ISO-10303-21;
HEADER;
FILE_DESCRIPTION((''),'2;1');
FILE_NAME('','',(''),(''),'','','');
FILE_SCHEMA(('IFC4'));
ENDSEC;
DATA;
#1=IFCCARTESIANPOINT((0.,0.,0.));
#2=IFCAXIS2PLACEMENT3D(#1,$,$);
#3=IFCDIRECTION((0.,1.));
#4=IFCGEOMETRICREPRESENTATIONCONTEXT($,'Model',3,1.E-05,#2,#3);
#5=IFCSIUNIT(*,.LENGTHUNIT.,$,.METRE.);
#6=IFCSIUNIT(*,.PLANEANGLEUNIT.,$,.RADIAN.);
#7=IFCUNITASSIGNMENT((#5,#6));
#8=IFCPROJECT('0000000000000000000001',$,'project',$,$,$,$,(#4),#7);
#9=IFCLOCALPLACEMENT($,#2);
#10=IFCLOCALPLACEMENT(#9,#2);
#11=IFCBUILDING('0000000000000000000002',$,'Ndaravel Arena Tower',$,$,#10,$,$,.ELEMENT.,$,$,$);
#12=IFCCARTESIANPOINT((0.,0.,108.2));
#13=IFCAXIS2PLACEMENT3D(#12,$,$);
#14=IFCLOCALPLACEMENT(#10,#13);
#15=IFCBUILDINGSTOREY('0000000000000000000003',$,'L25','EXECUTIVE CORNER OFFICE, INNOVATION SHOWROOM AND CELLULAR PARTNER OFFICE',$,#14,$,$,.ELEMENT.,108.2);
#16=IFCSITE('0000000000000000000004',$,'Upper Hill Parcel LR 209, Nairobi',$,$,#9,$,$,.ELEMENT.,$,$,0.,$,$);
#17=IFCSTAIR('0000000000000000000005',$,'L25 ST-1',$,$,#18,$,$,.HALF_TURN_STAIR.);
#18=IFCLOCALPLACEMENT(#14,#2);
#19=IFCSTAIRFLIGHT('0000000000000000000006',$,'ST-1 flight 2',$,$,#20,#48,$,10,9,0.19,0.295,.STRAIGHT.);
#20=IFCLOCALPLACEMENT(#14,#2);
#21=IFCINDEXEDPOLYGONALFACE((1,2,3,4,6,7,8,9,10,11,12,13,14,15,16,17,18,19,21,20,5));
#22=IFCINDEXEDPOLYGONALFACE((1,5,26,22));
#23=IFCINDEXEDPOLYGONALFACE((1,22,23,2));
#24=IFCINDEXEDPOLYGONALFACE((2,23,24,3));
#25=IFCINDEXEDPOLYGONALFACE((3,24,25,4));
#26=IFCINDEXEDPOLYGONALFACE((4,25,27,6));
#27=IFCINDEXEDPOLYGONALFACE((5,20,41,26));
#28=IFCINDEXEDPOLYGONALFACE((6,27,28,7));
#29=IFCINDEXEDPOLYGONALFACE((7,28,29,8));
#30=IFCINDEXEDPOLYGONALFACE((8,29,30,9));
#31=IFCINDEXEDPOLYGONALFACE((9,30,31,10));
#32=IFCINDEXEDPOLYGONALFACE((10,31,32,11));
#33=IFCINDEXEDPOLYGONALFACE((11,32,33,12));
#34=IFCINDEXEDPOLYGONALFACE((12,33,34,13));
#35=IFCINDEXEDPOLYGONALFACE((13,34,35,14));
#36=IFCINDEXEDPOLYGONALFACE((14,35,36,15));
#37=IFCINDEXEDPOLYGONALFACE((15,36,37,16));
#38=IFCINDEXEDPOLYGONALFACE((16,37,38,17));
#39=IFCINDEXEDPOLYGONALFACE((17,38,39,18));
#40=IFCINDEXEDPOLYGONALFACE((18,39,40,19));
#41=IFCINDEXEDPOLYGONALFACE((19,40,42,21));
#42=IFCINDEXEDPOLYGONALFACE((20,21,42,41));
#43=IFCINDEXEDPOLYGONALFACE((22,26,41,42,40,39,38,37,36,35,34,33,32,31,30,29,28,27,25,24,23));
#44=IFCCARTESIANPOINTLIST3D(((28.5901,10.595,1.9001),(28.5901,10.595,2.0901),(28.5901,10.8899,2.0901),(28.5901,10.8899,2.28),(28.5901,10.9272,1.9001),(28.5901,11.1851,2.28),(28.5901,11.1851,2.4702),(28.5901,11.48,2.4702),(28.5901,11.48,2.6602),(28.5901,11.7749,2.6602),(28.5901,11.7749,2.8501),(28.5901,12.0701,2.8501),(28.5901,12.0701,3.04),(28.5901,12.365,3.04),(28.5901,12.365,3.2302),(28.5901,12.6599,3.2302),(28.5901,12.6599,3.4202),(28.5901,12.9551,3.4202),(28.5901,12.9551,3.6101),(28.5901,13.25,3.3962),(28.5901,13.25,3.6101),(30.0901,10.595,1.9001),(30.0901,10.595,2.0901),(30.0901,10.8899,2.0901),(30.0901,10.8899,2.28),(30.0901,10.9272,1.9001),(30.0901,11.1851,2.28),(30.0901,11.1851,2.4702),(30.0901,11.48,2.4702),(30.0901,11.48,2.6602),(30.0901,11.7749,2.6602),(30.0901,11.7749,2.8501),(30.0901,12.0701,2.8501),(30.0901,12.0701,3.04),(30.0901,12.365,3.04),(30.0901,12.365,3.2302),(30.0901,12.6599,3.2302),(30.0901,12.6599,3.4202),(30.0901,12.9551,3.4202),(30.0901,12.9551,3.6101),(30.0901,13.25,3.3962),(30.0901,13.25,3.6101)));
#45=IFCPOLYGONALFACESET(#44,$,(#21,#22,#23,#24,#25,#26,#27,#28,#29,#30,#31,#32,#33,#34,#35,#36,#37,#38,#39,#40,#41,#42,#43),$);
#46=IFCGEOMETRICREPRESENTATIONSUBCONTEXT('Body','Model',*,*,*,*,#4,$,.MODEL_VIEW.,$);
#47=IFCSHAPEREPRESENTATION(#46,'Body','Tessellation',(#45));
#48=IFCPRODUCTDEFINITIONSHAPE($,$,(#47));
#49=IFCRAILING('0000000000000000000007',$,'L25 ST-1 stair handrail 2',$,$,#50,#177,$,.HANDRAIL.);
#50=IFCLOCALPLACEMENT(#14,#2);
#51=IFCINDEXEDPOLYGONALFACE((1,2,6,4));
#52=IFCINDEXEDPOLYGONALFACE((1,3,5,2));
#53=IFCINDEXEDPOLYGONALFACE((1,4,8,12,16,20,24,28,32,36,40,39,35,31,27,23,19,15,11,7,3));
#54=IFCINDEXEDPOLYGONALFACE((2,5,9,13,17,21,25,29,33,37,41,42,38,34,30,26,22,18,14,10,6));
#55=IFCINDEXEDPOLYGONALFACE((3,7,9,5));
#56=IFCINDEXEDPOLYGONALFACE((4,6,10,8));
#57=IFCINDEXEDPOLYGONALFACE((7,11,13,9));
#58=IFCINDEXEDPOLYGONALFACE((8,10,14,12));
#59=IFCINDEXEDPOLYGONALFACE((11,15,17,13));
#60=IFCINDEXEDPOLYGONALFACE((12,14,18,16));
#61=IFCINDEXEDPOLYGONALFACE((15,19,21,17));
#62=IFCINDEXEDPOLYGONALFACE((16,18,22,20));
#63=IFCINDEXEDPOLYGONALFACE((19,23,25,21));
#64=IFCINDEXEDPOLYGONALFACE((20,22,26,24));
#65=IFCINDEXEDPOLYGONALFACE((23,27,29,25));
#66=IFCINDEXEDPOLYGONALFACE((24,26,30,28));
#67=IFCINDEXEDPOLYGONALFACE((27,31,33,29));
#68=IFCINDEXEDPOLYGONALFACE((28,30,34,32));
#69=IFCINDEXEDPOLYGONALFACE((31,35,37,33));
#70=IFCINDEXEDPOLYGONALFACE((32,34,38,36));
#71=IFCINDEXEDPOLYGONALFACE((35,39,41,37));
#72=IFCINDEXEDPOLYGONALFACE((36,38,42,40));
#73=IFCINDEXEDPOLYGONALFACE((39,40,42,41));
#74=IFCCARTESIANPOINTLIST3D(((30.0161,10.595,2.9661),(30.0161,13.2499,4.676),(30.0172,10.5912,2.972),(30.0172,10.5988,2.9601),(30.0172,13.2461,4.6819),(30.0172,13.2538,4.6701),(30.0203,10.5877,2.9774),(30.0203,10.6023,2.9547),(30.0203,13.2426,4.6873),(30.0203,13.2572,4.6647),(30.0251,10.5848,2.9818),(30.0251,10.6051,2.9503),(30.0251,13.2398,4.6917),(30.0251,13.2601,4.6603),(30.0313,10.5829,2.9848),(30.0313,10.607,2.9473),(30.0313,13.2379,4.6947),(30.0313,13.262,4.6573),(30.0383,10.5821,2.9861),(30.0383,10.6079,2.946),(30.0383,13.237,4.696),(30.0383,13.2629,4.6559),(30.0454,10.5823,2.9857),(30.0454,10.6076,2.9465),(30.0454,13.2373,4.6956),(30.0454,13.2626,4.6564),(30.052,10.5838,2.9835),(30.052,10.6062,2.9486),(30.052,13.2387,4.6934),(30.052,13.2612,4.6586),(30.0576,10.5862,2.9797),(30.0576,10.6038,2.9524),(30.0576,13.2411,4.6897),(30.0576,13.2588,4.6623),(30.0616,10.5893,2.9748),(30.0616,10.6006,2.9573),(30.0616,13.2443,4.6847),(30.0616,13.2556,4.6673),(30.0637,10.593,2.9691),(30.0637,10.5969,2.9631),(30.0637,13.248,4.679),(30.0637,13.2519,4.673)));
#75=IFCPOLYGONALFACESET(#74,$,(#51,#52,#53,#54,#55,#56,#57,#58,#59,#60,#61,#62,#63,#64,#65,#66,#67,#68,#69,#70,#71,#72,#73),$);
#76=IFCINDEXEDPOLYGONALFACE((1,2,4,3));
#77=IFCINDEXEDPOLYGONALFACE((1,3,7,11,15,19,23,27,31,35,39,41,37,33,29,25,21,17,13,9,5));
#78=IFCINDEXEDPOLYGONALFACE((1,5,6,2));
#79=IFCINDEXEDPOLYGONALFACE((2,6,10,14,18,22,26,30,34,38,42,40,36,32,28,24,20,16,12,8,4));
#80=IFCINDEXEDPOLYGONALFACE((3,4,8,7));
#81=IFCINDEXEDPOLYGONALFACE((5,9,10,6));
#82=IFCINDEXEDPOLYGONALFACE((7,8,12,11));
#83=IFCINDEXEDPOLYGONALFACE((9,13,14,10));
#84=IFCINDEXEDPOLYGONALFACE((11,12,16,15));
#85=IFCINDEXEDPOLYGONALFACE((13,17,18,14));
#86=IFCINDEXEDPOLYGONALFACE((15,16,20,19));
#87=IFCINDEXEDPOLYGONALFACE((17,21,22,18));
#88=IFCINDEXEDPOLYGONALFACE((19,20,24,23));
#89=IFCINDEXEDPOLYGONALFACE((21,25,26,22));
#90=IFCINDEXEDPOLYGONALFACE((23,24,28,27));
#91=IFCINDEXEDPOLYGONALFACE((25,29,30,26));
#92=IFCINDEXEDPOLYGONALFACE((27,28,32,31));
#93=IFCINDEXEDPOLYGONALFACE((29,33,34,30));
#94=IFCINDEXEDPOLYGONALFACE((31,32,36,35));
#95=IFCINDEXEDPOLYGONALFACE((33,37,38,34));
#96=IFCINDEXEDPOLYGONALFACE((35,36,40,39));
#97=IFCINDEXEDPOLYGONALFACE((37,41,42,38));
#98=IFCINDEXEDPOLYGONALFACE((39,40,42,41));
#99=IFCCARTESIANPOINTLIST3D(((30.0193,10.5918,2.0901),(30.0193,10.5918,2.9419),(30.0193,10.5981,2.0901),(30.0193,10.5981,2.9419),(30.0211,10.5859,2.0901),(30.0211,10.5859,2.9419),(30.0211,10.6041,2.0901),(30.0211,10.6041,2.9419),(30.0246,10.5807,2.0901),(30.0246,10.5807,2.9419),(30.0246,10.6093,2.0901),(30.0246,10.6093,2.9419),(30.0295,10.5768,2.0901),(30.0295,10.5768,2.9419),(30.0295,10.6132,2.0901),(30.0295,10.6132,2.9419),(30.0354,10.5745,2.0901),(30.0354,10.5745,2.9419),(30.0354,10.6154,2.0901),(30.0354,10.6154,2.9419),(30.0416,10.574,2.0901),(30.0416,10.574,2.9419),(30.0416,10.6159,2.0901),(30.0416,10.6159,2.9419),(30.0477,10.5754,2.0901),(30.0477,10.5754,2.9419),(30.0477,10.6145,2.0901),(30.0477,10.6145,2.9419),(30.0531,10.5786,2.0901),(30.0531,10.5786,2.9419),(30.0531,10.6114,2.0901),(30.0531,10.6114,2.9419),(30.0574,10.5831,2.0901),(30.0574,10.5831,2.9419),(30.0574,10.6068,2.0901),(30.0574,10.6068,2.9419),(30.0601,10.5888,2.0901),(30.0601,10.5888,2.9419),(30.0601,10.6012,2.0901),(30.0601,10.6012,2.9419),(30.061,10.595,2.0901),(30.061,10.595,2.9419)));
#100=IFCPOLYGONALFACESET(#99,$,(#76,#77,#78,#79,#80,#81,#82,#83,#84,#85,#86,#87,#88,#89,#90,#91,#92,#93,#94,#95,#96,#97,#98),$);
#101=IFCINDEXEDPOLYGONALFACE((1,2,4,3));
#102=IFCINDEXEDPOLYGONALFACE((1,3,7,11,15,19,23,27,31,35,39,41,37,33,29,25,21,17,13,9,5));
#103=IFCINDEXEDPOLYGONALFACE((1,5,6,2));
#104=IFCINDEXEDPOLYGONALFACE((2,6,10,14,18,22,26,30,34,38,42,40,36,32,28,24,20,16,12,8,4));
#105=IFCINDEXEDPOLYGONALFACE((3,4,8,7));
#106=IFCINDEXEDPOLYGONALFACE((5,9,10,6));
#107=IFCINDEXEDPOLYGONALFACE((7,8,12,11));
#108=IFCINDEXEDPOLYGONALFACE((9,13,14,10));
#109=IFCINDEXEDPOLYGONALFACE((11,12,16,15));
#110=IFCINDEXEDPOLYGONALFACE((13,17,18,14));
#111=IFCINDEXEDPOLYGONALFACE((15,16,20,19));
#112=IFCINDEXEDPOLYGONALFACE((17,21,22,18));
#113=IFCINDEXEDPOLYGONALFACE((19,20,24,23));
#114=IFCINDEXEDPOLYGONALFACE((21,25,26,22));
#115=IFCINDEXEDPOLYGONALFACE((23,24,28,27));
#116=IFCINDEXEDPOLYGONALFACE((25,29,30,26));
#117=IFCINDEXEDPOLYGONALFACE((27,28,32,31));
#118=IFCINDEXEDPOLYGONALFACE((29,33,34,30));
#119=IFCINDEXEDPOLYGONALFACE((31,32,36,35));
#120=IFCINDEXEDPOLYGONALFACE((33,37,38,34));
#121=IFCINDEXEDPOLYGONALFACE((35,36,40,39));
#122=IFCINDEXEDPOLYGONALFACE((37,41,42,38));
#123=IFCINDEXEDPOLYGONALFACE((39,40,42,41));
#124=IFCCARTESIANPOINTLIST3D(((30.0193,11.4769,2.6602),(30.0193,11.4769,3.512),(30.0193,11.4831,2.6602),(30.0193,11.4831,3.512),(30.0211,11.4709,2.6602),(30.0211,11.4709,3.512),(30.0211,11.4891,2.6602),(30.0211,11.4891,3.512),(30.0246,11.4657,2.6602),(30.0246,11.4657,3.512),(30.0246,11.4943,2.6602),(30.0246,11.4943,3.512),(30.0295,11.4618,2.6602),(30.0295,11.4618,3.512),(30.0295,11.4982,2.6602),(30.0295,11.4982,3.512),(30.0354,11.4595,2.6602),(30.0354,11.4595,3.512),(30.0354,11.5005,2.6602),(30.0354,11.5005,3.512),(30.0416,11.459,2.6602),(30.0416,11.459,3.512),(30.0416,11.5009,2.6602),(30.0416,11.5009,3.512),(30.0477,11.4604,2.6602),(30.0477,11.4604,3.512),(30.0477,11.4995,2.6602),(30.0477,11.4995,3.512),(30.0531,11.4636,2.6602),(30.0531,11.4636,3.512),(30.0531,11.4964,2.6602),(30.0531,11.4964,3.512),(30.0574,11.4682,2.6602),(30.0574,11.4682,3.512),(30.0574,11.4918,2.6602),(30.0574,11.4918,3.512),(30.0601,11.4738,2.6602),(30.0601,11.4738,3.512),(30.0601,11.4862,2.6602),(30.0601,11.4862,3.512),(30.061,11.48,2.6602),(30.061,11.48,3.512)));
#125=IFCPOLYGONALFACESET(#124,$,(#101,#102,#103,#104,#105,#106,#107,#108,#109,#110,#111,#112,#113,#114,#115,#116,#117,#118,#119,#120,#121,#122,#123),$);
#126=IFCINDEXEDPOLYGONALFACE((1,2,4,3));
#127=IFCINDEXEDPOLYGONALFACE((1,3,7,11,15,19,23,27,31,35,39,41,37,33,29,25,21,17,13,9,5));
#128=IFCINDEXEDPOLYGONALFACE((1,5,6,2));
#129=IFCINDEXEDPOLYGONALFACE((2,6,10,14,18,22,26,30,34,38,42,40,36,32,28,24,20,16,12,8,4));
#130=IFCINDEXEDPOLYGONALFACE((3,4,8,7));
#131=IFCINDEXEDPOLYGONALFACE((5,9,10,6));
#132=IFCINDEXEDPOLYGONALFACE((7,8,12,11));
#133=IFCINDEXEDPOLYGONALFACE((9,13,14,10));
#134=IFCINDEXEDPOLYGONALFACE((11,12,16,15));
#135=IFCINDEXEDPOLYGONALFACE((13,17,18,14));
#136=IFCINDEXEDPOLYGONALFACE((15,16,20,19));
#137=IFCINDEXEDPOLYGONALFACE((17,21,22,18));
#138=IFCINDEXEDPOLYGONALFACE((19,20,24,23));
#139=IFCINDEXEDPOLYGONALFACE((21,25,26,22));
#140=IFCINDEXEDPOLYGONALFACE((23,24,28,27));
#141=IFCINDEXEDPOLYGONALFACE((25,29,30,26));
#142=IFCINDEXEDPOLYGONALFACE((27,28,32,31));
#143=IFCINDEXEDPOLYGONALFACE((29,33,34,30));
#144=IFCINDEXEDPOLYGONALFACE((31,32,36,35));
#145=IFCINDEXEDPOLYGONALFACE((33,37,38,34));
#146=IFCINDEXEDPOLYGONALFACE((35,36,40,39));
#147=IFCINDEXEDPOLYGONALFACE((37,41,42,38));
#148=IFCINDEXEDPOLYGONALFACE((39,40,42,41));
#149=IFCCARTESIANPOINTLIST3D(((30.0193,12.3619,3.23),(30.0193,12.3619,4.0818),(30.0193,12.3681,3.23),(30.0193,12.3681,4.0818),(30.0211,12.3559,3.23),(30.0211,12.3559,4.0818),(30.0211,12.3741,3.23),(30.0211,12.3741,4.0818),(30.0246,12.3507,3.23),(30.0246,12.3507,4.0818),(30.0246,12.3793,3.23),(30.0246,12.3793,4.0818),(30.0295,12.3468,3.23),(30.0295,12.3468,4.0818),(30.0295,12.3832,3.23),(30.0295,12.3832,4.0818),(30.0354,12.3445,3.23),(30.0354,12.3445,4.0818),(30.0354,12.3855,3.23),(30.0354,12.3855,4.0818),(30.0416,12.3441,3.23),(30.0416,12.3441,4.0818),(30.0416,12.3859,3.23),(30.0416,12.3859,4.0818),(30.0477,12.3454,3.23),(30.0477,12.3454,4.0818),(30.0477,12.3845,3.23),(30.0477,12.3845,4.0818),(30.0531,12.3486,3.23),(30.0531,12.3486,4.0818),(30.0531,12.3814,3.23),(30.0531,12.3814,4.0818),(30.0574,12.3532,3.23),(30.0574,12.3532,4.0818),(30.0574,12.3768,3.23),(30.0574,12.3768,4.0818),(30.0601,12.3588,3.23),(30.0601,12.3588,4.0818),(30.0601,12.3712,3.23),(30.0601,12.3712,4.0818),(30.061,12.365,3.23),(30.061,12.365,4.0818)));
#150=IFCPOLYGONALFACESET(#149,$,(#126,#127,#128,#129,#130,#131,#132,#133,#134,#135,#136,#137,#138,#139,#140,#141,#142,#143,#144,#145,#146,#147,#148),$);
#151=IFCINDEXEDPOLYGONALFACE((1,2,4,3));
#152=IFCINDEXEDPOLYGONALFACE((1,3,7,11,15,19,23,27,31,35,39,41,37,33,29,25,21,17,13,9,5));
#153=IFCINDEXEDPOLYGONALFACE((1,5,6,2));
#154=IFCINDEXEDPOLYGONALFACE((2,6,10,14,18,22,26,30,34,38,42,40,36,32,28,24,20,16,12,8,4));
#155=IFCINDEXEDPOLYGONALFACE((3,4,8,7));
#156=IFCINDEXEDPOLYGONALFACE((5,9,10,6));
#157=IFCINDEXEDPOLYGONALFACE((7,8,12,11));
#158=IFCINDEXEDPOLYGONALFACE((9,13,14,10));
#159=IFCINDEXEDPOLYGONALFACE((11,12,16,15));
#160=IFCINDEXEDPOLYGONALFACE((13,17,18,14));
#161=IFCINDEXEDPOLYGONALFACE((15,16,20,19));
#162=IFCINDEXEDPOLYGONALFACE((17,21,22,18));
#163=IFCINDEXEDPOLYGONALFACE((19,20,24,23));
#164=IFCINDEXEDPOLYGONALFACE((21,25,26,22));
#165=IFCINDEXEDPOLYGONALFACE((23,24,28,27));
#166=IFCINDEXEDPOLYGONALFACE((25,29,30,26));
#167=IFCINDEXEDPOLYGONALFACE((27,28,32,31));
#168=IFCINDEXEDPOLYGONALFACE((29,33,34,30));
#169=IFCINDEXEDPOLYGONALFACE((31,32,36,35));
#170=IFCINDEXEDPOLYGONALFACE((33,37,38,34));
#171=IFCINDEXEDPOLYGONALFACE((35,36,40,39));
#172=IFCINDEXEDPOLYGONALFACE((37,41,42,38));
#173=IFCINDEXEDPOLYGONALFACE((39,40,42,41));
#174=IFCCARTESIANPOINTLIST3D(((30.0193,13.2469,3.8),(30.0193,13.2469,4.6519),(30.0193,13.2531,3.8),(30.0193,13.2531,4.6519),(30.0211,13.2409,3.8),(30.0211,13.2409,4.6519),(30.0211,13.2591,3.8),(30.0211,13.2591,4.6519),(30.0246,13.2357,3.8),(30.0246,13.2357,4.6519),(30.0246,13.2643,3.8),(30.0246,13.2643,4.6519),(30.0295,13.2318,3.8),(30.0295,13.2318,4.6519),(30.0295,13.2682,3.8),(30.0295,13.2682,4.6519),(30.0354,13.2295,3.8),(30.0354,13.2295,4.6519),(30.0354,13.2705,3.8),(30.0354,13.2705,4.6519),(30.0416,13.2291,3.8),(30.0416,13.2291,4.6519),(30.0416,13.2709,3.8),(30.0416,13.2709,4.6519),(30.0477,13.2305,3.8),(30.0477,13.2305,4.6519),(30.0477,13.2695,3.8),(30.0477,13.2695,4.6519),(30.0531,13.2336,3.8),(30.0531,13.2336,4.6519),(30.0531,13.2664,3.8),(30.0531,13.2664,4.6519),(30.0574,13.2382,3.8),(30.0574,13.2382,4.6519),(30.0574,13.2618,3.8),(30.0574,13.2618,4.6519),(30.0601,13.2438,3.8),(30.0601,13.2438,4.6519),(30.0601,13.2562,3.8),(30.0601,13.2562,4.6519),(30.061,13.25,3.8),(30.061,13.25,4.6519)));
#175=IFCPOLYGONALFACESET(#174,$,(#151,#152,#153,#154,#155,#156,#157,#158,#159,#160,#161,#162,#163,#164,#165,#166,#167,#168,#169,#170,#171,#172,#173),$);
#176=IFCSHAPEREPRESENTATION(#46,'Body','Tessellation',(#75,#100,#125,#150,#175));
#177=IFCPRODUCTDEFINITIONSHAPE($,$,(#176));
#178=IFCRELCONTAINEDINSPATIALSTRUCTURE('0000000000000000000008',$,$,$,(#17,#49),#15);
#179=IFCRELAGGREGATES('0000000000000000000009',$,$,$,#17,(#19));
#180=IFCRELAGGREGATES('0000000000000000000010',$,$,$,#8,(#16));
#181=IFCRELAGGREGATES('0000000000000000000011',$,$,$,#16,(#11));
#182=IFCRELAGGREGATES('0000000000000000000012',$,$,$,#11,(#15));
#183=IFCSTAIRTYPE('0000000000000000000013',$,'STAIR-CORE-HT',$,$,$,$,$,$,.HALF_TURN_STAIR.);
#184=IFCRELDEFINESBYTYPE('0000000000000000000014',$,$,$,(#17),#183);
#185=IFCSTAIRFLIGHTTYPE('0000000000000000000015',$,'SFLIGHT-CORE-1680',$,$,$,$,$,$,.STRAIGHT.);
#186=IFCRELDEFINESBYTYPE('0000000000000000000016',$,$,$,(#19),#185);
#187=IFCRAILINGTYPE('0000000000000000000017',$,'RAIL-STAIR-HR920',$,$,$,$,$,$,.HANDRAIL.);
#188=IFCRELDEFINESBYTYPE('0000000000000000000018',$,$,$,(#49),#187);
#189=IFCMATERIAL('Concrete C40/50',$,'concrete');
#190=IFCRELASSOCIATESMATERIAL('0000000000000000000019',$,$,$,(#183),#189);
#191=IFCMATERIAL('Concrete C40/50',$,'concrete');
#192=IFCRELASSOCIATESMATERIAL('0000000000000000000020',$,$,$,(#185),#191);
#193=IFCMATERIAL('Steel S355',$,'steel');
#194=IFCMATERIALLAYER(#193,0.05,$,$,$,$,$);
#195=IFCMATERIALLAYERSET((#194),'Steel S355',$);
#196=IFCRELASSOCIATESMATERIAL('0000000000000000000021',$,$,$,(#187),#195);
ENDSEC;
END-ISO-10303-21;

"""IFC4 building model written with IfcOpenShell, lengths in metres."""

from ifc_helpers import new_model, si_unit, direction, frame, origin, origin_2d, place, context, subcontext, project, spatial, polyline, circle, outline, extrude, material, layer, layer_set, type_object, element, aggregate, save


model = new_model("IFC4")

# Units and contexts
model_context = context("Model", 3, precision=1e-05, world=origin(), true_north=direction((0.0, 1.0)))
body_context = subcontext(model_context, "Body", "Model", "MODEL_VIEW")
ifc_project = project(units=[si_unit("LENGTHUNIT", "METRE"), si_unit("PLANEANGLEUNIT", "RADIAN")], contexts=[model_context])

# Site, building, storey
site_placement = place(None, origin())
site = spatial("IfcSite", under=ifc_project, at=site_placement, Name="Upper Hill Parcel LR 209, Nairobi", CompositionType="ELEMENT", RefElevation=0.0)
building_placement = place(site_placement, origin())
building = spatial("IfcBuilding", under=site, at=building_placement, Name="Ndaravel Arena Tower", CompositionType="ELEMENT")
storey_placement = place(building_placement, frame((0.0, 0.0, 108.2)))
storey = spatial("IfcBuildingStorey", under=building, at=storey_placement, Name="L25", Description="EXECUTIVE CORNER OFFICE, INNOVATION SHOWROOM AND CELLULAR PARTNER OFFICE", CompositionType="ELEMENT", Elevation=108.2)

# Stair, stair flight
ifc_material_1 = material(Name="Concrete C40/50", Category="concrete")
stair_type = type_object("IfcStairType", Name="STAIR-CORE-HT", PredefinedType="HALF_TURN_STAIR", material=ifc_material_1)
stair_placement = place(storey_placement, origin())
stair = element("IfcStair", 1, at=stair_placement, inside=storey, type_object=stair_type, Name="L25 ST-1", PredefinedType="HALF_TURN_STAIR")
ifc_material_2 = material(Name="Concrete C40/50", Category="concrete")
stair_flight_type = type_object("IfcStairFlightType", Name="SFLIGHT-CORE-1680", PredefinedType="STRAIGHT", material=ifc_material_2)
stair_flight_placement = place(storey_placement, frame((29.3401, 10.595, 1.9001), z_axis=(0.0, 0.0, 1.0), x_axis=(0.0, 1.0, 0.0)))
stair_flight = element("IfcStairFlight", 2, at=stair_flight_placement, type_object=stair_flight_type, Name="ST-1 flight 2", NumberOfRisers=10, NumberOfTreads=9, PredefinedType="STRAIGHT", RiserHeight=0.19, TreadLength=0.295, context=body_context, shape_type="SweptSolid", body=[
    extrude(outline(polyline([(0.0, 0.0), (0.0, 0.1899), (0.2949, 0.1899), (0.2949, 0.3799), (0.5901, 0.3799), (0.5901, 0.5701), (0.885, 0.5701), (0.885, 0.76), (1.1799, 0.76), (1.1799, 0.95), (1.4751, 0.95), (1.4751, 1.1399), (1.77, 1.1399), (1.77, 1.3301), (2.0649, 1.3301), (2.0649, 1.52), (2.3601, 1.52), (2.3601, 1.71), (2.655, 1.71), (2.655, 1.8999), (2.655, 1.4961), (0.3323, 0.0), (0.0, 0.0)])), frame((0.0, 0.75, 0.0), z_axis=(0.0, -1.0, 0.0), x_axis=(1.0, 0.0, 0.0)), (0.0, 0.0, 1.0), 1.5),
])
aggregate(stair, [stair_flight])

# Railing
ifc_material_3 = material(Name="Steel S355", Category="steel")
ifc_layer_1 = layer(ifc_material_3, 0.05)
ifc_layer_set_1 = layer_set([ifc_layer_1], Name="Steel S355")
railing_type_1 = type_object("IfcRailingType", Name="RAIL-STAIR-HR920", PredefinedType="HANDRAIL", material=ifc_layer_set_1)
railing_1_placement = place(storey_placement, frame((30.04, 10.595, 2.0901)))
element("IfcRailing", 3, at=railing_1_placement, inside=storey, type_object=railing_type_1, Name="L25 ST-1 stair handrail 2", PredefinedType="HANDRAIL", context=body_context, shape_type="SweptSolid", body=[
    extrude(circle(Radius=0.0239, at=origin_2d()), frame((0.0, 0.0, 0.876), z_axis=(0.0, 0.840724, 0.541465), x_axis=(-1.0, 0.0, 0.0)), (0.0, 0.0, 1.0), 3.158),
    extrude(circle(Radius=0.021, at=origin_2d()), origin(), (0.0, 0.0, 1.0), 0.8518),
    extrude(circle(Radius=0.021, at=origin_2d()), frame((0.0, 0.885, 0.5701)), (0.0, 0.0, 1.0), 0.8518),
    extrude(circle(Radius=0.021, at=origin_2d()), frame((0.0, 1.77, 1.1399)), (0.0, 0.0, 1.0), 0.8518),
    extrude(circle(Radius=0.021, at=origin_2d()), frame((0.0, 2.655, 1.71)), (0.0, 0.0, 1.0), 0.8518),
])

save(model, "model.ifc")
